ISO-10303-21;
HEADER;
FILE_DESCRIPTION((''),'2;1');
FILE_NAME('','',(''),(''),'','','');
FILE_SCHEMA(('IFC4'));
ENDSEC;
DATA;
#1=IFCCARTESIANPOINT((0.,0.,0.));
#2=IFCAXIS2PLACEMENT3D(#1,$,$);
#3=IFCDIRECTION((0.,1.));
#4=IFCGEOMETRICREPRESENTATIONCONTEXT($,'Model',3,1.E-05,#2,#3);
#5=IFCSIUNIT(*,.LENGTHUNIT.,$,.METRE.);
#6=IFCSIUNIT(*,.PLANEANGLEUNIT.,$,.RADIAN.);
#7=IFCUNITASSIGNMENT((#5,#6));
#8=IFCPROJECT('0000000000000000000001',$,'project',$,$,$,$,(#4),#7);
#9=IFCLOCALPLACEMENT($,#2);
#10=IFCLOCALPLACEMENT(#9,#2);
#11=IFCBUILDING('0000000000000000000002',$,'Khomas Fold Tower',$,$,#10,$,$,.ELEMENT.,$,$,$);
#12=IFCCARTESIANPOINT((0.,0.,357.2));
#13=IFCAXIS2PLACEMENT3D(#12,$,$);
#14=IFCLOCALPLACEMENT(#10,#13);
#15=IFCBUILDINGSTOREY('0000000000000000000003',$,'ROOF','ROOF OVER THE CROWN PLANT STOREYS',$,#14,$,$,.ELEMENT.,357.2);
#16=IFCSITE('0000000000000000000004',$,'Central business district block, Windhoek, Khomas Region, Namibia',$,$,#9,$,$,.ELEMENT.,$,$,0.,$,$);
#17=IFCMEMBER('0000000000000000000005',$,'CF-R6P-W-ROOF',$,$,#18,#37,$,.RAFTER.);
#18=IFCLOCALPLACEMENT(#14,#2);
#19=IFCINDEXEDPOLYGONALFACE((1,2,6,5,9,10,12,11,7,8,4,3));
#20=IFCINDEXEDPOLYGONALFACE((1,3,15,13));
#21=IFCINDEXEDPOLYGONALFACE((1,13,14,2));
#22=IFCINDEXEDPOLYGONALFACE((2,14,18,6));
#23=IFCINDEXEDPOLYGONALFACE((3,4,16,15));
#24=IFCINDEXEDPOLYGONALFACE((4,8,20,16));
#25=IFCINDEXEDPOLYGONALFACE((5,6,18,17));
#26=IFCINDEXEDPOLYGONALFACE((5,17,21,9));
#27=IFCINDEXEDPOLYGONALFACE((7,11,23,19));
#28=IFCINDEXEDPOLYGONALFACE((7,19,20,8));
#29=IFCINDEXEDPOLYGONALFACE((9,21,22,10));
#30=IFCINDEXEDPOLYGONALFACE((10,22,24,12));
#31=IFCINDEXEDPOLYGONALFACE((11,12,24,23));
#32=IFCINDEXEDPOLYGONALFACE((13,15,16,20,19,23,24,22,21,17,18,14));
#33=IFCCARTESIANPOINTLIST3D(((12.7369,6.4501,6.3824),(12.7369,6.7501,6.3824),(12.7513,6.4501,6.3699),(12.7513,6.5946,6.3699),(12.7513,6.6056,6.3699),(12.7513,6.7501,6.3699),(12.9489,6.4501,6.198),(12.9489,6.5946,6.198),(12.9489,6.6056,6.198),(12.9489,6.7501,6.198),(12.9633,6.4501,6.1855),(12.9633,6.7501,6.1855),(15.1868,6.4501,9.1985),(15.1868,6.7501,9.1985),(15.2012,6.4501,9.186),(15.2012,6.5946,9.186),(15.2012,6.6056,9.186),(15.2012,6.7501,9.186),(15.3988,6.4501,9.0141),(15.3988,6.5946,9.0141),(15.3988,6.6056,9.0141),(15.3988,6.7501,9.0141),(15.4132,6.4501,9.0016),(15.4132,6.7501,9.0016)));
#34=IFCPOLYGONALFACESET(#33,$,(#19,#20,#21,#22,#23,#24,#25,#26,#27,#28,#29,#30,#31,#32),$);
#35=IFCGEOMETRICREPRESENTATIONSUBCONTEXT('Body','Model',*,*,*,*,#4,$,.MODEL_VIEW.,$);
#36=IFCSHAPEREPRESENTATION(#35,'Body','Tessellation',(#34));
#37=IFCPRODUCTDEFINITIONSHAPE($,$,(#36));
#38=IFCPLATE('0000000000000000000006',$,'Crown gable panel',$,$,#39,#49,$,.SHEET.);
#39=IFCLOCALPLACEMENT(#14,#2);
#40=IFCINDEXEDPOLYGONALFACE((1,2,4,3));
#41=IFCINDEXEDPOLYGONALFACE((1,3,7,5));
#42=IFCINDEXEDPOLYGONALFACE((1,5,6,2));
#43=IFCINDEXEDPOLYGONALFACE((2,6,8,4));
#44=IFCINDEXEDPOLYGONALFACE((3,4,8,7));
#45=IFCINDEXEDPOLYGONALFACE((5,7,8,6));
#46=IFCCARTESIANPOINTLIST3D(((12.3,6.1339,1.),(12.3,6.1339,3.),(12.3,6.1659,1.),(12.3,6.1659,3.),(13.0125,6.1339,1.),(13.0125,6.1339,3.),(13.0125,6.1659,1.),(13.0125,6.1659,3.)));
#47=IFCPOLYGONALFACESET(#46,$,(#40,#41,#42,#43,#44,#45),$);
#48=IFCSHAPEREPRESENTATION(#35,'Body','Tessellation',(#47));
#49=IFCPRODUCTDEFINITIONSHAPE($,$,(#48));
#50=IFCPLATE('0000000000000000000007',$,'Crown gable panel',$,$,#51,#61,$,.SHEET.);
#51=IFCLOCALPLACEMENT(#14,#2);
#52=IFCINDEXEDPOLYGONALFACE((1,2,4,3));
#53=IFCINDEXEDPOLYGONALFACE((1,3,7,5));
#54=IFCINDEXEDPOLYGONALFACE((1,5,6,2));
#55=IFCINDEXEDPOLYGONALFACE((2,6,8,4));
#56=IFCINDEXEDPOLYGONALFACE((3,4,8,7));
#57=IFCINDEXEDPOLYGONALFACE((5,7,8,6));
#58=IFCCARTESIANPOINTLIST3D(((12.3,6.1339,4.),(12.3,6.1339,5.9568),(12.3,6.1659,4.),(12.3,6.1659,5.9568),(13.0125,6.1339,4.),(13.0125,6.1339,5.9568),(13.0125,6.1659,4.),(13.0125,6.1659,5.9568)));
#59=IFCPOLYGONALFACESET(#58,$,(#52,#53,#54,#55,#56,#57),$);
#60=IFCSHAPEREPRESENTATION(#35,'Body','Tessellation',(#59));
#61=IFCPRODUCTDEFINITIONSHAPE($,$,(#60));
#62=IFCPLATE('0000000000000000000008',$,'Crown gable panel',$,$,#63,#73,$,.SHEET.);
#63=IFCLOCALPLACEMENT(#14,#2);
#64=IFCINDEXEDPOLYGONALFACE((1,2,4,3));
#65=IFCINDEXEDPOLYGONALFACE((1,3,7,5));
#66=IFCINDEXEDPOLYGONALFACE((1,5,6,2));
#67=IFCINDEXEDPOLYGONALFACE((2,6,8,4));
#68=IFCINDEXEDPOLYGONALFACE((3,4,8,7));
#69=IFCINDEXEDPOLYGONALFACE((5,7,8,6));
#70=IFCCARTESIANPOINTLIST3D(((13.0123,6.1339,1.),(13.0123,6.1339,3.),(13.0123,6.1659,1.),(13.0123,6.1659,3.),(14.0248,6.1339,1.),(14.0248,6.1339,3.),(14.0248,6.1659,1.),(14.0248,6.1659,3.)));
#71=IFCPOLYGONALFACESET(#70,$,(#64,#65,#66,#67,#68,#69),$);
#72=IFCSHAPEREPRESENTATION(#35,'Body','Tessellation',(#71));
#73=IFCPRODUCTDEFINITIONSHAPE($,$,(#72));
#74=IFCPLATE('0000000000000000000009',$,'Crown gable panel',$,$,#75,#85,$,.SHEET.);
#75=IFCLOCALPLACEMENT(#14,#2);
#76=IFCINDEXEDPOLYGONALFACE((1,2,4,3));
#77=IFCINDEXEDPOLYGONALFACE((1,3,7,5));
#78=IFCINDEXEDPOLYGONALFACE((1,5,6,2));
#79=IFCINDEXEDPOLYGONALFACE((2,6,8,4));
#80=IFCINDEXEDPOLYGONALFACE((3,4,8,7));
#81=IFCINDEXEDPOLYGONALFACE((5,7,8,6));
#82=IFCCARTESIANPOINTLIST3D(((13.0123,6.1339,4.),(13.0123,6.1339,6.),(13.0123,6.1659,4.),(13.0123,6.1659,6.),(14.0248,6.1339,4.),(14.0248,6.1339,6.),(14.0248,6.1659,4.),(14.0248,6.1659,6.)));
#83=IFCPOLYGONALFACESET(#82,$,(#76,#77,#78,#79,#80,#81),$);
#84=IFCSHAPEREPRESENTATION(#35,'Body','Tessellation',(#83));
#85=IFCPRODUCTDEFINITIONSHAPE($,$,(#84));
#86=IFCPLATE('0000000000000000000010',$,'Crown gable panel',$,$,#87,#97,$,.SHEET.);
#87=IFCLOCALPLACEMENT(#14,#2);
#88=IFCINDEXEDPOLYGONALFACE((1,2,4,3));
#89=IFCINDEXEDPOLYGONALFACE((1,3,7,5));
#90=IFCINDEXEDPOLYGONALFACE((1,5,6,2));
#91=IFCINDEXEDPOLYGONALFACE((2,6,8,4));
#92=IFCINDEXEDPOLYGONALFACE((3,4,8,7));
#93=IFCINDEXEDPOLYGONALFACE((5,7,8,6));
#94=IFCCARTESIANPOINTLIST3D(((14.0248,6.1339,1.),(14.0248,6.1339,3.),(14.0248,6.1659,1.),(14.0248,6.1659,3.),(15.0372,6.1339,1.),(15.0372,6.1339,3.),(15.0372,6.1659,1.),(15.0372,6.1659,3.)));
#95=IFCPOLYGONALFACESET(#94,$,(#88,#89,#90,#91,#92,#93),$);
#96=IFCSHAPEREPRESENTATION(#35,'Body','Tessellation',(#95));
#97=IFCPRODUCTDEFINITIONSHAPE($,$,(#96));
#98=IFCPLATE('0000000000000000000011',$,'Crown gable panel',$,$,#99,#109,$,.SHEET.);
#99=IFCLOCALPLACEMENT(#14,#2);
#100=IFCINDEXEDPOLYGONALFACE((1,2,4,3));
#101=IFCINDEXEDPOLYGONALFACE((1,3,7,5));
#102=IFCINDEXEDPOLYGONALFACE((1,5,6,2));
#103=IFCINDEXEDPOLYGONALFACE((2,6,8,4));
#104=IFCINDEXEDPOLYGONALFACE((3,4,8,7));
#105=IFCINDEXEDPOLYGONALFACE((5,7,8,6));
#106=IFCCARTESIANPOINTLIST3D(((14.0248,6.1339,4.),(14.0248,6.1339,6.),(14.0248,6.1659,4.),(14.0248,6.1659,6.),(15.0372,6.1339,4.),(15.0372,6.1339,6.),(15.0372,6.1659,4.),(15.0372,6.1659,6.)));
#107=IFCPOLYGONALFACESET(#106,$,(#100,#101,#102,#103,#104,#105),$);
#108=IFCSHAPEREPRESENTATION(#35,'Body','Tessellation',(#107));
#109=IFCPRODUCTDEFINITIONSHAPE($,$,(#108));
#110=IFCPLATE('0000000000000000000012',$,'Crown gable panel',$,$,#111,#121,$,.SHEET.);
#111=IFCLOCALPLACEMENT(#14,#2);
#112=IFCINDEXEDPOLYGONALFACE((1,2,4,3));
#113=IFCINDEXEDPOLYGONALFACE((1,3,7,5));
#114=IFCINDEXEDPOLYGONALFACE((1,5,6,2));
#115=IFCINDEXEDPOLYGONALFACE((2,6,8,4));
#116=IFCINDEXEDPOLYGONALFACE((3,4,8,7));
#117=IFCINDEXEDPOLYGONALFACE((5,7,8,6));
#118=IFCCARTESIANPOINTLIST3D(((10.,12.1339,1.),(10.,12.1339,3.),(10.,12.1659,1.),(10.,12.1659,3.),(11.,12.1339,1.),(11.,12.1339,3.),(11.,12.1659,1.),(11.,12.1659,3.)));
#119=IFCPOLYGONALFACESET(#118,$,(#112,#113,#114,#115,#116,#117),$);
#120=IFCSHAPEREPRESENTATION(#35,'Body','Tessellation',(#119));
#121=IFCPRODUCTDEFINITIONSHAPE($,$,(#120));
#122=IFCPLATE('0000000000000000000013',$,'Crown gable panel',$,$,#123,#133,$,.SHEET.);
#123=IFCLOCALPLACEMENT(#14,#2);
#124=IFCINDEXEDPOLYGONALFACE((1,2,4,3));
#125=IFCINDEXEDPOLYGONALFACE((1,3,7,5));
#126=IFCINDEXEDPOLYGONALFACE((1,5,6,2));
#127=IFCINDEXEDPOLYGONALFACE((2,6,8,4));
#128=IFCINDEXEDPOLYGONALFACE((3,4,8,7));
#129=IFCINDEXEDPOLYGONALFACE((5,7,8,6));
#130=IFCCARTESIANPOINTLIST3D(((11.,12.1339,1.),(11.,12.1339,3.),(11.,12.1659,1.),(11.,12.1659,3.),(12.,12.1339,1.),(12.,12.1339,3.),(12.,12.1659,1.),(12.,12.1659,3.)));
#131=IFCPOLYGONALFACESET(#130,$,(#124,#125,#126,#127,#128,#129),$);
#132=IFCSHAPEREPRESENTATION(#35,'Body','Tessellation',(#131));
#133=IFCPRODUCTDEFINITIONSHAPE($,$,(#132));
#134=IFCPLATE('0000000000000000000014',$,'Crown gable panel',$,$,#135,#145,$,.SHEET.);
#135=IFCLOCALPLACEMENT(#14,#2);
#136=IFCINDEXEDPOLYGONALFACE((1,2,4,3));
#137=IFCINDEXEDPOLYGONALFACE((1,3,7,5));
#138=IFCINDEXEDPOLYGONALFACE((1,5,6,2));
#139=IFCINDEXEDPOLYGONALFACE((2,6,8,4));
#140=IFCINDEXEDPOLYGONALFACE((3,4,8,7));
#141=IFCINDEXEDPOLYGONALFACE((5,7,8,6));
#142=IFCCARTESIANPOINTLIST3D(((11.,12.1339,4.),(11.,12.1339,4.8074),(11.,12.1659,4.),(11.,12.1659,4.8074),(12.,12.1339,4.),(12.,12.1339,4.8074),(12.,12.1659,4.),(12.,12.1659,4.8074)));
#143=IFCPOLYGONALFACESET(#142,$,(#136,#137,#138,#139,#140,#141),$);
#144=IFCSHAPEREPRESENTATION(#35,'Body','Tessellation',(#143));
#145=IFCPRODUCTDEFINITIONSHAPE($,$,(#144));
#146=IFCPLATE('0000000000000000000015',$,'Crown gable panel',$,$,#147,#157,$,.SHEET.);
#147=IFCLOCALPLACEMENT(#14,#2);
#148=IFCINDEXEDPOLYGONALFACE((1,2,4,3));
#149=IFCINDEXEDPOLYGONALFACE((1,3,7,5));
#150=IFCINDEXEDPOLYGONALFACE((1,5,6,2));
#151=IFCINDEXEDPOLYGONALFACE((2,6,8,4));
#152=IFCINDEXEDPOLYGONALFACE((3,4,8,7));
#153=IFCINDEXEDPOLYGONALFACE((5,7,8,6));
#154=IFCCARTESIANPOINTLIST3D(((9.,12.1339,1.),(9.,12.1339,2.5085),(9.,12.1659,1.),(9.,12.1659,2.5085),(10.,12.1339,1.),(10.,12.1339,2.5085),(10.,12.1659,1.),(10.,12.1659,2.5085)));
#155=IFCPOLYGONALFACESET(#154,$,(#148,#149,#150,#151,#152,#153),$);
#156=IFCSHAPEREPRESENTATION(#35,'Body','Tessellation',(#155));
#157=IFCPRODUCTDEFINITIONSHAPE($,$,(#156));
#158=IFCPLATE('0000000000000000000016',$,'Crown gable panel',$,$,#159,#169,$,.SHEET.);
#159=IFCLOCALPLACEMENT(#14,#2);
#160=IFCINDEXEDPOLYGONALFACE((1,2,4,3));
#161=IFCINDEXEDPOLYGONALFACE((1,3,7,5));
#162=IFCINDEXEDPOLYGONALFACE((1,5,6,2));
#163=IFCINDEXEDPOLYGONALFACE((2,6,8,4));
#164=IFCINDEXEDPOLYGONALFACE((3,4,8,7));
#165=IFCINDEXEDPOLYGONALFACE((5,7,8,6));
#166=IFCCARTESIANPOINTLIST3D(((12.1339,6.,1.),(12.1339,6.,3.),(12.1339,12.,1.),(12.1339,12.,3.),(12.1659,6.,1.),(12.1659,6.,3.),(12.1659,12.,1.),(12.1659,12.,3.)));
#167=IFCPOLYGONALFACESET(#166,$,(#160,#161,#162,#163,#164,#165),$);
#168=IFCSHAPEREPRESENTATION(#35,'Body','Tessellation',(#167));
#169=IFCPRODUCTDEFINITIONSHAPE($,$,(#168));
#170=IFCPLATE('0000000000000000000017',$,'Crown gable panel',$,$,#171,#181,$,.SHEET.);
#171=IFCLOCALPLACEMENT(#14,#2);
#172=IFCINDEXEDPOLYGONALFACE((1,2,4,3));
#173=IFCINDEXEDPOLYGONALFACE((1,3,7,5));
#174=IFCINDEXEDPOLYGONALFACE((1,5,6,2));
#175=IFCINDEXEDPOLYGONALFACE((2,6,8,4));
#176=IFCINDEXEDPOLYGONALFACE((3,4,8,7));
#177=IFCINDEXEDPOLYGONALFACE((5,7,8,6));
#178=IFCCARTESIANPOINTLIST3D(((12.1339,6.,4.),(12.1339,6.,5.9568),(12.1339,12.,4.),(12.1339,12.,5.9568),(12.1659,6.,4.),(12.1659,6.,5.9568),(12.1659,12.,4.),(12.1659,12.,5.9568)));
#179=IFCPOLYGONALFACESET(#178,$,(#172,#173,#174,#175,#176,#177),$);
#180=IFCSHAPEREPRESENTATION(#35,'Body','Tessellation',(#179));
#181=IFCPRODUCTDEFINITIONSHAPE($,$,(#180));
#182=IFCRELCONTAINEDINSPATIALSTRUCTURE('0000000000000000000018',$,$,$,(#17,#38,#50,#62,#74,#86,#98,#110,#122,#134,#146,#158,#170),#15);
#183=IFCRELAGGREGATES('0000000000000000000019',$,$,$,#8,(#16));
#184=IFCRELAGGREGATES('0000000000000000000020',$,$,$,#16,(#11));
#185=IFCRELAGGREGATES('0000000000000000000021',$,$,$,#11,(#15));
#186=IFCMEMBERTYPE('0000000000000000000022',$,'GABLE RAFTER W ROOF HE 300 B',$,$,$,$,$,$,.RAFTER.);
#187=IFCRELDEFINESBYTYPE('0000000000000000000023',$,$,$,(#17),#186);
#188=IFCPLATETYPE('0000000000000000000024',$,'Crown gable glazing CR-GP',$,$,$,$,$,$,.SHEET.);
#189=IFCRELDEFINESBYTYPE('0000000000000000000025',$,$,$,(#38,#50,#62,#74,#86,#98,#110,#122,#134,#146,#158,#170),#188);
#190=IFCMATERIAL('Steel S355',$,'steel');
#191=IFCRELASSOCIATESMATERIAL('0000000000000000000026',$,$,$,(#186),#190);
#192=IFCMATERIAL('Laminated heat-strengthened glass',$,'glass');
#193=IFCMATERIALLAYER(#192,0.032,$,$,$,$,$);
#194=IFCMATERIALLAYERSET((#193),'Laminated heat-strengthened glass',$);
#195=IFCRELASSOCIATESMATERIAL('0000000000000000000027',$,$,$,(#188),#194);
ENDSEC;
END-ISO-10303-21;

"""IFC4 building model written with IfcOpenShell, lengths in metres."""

from ifc_helpers import new_model, si_unit, direction, frame, origin, origin_2d, place, context, subcontext, project, spatial, rectangle, i_section, extrude, source, transform, mapped, material, layer, layer_set, material_profile, profile_set, type_object, element, save


model = new_model("IFC4")

# Units and contexts
model_context = context("Model", 3, precision=1e-05, world=origin(), true_north=direction((0.0, 1.0)))
body_context = subcontext(model_context, "Body", "Model", "MODEL_VIEW")
ifc_project = project(units=[si_unit("LENGTHUNIT", "METRE"), si_unit("PLANEANGLEUNIT", "RADIAN")], contexts=[model_context])

# Site, building, storey
site_placement = place(None, origin())
site = spatial("IfcSite", under=ifc_project, at=site_placement, Name="Central business district block, Windhoek, Khomas Region, Namibia", CompositionType="ELEMENT", RefElevation=0.0)
building_placement = place(site_placement, origin())
building = spatial("IfcBuilding", under=site, at=building_placement, Name="Khomas Fold Tower", CompositionType="ELEMENT")
storey_placement = place(building_placement, frame((0.0, 0.0, 357.2)))
storey = spatial("IfcBuildingStorey", under=building, at=storey_placement, Name="ROOF", Description="ROOF OVER THE CROWN PLANT STOREYS", CompositionType="ELEMENT", Elevation=357.2)

# Member
ifc_material_1 = material(Name="Steel S355", Category="steel")
ifc_material_profile = material_profile(ifc_material_1, i_section(OverallWidth=0.3, OverallDepth=0.3, WebThickness=0.011, FlangeThickness=0.019, at=origin_2d()), Name="HE 300 B")
ifc_profile_set = profile_set([ifc_material_profile], Name="Steel S355")
member_type = type_object("IfcMemberType", Name="GABLE RAFTER W ROOF HE 300 B", PredefinedType="RAFTER", material=ifc_profile_set)
shared_shape_1 = source(origin(), body_context, "Body", "SweptSolid", [
    extrude(i_section(OverallWidth=0.3, OverallDepth=0.3, WebThickness=0.011, FlangeThickness=0.019, at=origin_2d()), origin(), (0.0, 0.0, 1.0), 3.7327),
])
member_placement = place(storey_placement, frame((12.8501, 6.6001, 6.2839), z_axis=(0.656349, 0.0, 0.754458), x_axis=(0.0, 1.0, 0.0)))
element("IfcMember", 1, at=member_placement, inside=storey, type_object=member_type, Name="CF-R6P-W-ROOF", PredefinedType="RAFTER", context=body_context, shape_type="MappedRepresentation", body=[
    mapped(shared_shape_1, transform((0.0, 0.0, 0.0))),
])

# Plates
ifc_material_2 = material(Name="Laminated heat-strengthened glass", Category="glass")
ifc_layer_1 = layer(ifc_material_2, 0.032)
ifc_layer_set_1 = layer_set([ifc_layer_1], Name="Laminated heat-strengthened glass")
plate_type_1 = type_object("IfcPlateType", Name="Crown gable glazing CR-GP", PredefinedType="SHEET", material=ifc_layer_set_1)
shared_shape_2 = source(origin(), body_context, "Body", "SweptSolid", [
    extrude(rectangle(XDim=0.7124, YDim=0.032, at=origin_2d()), origin(), (0.0, 0.0, 1.0), 2.0),
])
plate_1_placement = place(storey_placement, frame((12.6562, 6.1499, 1.0), z_axis=(0.0, 0.0, 1.0), x_axis=(1.0, 0.0, 0.0)))
element("IfcPlate", 2, at=plate_1_placement, inside=storey, type_object=plate_type_1, Name="Crown gable panel", PredefinedType="SHEET", context=body_context, shape_type="MappedRepresentation", body=[
    mapped(shared_shape_2, transform((0.0, 0.0, 0.0))),
])
shared_shape_3 = source(origin(), body_context, "Body", "SweptSolid", [
    extrude(rectangle(XDim=0.7124, YDim=0.032, at=origin_2d()), origin(), (0.0, 0.0, 1.0), 1.9568),
])
plate_2_placement = place(storey_placement, frame((12.6562, 6.1499, 4.0), z_axis=(0.0, 0.0, 1.0), x_axis=(1.0, 0.0, 0.0)))
element("IfcPlate", 3, at=plate_2_placement, inside=storey, type_object=plate_type_1, Name="Crown gable panel", PredefinedType="SHEET", context=body_context, shape_type="MappedRepresentation", body=[
    mapped(shared_shape_3, transform((0.0, 0.0, 0.0))),
])
shared_shape_4 = source(origin(), body_context, "Body", "SweptSolid", [
    extrude(rectangle(XDim=1.0125, YDim=0.032, at=origin_2d()), origin(), (0.0, 0.0, 1.0), 2.0),
])
for number, where, z_axis, x_axis, name in (
    (4, (13.5186, 6.1499, 1.0), (0.0, 0.0, 1.0), (1.0, 0.0, 0.0), "Crown gable panel"),
    (5, (13.5186, 6.1499, 4.0), (0.0, 0.0, 1.0), (1.0, 0.0, 0.0), "Crown gable panel"),
    (6, (14.531, 6.1499, 1.0), (0.0, 0.0, 1.0), (1.0, 0.0, 0.0), "Crown gable panel"),
    (7, (14.531, 6.1499, 4.0), (0.0, 0.0, 1.0), (1.0, 0.0, 0.0), "Crown gable panel"),
):
    element("IfcPlate", number, at=place(storey_placement, frame(where, z_axis=z_axis, x_axis=x_axis)), inside=storey, type_object=plate_type_1, Name=name, PredefinedType="SHEET", context=body_context, shape_type="MappedRepresentation", body=[
        mapped(shared_shape_4, transform((0.0, 0.0, 0.0))),
    ])
shared_shape_5 = source(origin(), body_context, "Body", "SweptSolid", [
    extrude(rectangle(XDim=1.0, YDim=0.032, at=origin_2d()), origin(), (0.0, 0.0, 1.0), 2.0),
])
for number, where, z_axis, x_axis, name in (
    (8, (10.5, 12.1499, 1.0), (0.0, 0.0, 1.0), (1.0, 0.0, 0.0), "Crown gable panel"),
    (9, (11.5, 12.1499, 1.0), (0.0, 0.0, 1.0), (1.0, 0.0, 0.0), "Crown gable panel"),
):
    element("IfcPlate", number, at=place(storey_placement, frame(where, z_axis=z_axis, x_axis=x_axis)), inside=storey, type_object=plate_type_1, Name=name, PredefinedType="SHEET", context=body_context, shape_type="MappedRepresentation", body=[
        mapped(shared_shape_5, transform((0.0, 0.0, 0.0))),
    ])
shared_shape_6 = source(origin(), body_context, "Body", "SweptSolid", [
    extrude(rectangle(XDim=1.0, YDim=0.032, at=origin_2d()), origin(), (0.0, 0.0, 1.0), 0.8074),
])
plate_3_placement = place(storey_placement, frame((11.5, 12.1499, 4.0), z_axis=(0.0, 0.0, 1.0), x_axis=(1.0, 0.0, 0.0)))
element("IfcPlate", 10, at=plate_3_placement, inside=storey, type_object=plate_type_1, Name="Crown gable panel", PredefinedType="SHEET", context=body_context, shape_type="MappedRepresentation", body=[
    mapped(shared_shape_6, transform((0.0, 0.0, 0.0))),
])
shared_shape_7 = source(origin(), body_context, "Body", "SweptSolid", [
    extrude(rectangle(XDim=1.0, YDim=0.032, at=origin_2d()), origin(), (0.0, 0.0, 1.0), 1.5085),
])
plate_4_placement = place(storey_placement, frame((9.5, 12.1499, 1.0), z_axis=(0.0, 0.0, 1.0), x_axis=(1.0, 0.0, 0.0)))
element("IfcPlate", 11, at=plate_4_placement, inside=storey, type_object=plate_type_1, Name="Crown gable panel", PredefinedType="SHEET", context=body_context, shape_type="MappedRepresentation", body=[
    mapped(shared_shape_7, transform((0.0, 0.0, 0.0))),
])
shared_shape_8 = source(origin(), body_context, "Body", "SweptSolid", [
    extrude(rectangle(XDim=6.0, YDim=0.032, at=origin_2d()), origin(), (0.0, 0.0, 1.0), 2.0),
])
plate_5_placement = place(storey_placement, frame((12.1499, 9.0, 1.0), z_axis=(0.0, 0.0, 1.0), x_axis=(0.0, -1.0, 0.0)))
element("IfcPlate", 12, at=plate_5_placement, inside=storey, type_object=plate_type_1, Name="Crown gable panel", PredefinedType="SHEET", context=body_context, shape_type="MappedRepresentation", body=[
    mapped(shared_shape_8, transform((0.0, 0.0, 0.0))),
])
shared_shape_9 = source(origin(), body_context, "Body", "SweptSolid", [
    extrude(rectangle(XDim=6.0, YDim=0.032, at=origin_2d()), origin(), (0.0, 0.0, 1.0), 1.9568),
])
plate_6_placement = place(storey_placement, frame((12.1499, 9.0, 4.0), z_axis=(0.0, 0.0, 1.0), x_axis=(0.0, -1.0, 0.0)))
element("IfcPlate", 13, at=plate_6_placement, inside=storey, type_object=plate_type_1, Name="Crown gable panel", PredefinedType="SHEET", context=body_context, shape_type="MappedRepresentation", body=[
    mapped(shared_shape_9, transform((0.0, 0.0, 0.0))),
])

save(model, "model.ifc")
